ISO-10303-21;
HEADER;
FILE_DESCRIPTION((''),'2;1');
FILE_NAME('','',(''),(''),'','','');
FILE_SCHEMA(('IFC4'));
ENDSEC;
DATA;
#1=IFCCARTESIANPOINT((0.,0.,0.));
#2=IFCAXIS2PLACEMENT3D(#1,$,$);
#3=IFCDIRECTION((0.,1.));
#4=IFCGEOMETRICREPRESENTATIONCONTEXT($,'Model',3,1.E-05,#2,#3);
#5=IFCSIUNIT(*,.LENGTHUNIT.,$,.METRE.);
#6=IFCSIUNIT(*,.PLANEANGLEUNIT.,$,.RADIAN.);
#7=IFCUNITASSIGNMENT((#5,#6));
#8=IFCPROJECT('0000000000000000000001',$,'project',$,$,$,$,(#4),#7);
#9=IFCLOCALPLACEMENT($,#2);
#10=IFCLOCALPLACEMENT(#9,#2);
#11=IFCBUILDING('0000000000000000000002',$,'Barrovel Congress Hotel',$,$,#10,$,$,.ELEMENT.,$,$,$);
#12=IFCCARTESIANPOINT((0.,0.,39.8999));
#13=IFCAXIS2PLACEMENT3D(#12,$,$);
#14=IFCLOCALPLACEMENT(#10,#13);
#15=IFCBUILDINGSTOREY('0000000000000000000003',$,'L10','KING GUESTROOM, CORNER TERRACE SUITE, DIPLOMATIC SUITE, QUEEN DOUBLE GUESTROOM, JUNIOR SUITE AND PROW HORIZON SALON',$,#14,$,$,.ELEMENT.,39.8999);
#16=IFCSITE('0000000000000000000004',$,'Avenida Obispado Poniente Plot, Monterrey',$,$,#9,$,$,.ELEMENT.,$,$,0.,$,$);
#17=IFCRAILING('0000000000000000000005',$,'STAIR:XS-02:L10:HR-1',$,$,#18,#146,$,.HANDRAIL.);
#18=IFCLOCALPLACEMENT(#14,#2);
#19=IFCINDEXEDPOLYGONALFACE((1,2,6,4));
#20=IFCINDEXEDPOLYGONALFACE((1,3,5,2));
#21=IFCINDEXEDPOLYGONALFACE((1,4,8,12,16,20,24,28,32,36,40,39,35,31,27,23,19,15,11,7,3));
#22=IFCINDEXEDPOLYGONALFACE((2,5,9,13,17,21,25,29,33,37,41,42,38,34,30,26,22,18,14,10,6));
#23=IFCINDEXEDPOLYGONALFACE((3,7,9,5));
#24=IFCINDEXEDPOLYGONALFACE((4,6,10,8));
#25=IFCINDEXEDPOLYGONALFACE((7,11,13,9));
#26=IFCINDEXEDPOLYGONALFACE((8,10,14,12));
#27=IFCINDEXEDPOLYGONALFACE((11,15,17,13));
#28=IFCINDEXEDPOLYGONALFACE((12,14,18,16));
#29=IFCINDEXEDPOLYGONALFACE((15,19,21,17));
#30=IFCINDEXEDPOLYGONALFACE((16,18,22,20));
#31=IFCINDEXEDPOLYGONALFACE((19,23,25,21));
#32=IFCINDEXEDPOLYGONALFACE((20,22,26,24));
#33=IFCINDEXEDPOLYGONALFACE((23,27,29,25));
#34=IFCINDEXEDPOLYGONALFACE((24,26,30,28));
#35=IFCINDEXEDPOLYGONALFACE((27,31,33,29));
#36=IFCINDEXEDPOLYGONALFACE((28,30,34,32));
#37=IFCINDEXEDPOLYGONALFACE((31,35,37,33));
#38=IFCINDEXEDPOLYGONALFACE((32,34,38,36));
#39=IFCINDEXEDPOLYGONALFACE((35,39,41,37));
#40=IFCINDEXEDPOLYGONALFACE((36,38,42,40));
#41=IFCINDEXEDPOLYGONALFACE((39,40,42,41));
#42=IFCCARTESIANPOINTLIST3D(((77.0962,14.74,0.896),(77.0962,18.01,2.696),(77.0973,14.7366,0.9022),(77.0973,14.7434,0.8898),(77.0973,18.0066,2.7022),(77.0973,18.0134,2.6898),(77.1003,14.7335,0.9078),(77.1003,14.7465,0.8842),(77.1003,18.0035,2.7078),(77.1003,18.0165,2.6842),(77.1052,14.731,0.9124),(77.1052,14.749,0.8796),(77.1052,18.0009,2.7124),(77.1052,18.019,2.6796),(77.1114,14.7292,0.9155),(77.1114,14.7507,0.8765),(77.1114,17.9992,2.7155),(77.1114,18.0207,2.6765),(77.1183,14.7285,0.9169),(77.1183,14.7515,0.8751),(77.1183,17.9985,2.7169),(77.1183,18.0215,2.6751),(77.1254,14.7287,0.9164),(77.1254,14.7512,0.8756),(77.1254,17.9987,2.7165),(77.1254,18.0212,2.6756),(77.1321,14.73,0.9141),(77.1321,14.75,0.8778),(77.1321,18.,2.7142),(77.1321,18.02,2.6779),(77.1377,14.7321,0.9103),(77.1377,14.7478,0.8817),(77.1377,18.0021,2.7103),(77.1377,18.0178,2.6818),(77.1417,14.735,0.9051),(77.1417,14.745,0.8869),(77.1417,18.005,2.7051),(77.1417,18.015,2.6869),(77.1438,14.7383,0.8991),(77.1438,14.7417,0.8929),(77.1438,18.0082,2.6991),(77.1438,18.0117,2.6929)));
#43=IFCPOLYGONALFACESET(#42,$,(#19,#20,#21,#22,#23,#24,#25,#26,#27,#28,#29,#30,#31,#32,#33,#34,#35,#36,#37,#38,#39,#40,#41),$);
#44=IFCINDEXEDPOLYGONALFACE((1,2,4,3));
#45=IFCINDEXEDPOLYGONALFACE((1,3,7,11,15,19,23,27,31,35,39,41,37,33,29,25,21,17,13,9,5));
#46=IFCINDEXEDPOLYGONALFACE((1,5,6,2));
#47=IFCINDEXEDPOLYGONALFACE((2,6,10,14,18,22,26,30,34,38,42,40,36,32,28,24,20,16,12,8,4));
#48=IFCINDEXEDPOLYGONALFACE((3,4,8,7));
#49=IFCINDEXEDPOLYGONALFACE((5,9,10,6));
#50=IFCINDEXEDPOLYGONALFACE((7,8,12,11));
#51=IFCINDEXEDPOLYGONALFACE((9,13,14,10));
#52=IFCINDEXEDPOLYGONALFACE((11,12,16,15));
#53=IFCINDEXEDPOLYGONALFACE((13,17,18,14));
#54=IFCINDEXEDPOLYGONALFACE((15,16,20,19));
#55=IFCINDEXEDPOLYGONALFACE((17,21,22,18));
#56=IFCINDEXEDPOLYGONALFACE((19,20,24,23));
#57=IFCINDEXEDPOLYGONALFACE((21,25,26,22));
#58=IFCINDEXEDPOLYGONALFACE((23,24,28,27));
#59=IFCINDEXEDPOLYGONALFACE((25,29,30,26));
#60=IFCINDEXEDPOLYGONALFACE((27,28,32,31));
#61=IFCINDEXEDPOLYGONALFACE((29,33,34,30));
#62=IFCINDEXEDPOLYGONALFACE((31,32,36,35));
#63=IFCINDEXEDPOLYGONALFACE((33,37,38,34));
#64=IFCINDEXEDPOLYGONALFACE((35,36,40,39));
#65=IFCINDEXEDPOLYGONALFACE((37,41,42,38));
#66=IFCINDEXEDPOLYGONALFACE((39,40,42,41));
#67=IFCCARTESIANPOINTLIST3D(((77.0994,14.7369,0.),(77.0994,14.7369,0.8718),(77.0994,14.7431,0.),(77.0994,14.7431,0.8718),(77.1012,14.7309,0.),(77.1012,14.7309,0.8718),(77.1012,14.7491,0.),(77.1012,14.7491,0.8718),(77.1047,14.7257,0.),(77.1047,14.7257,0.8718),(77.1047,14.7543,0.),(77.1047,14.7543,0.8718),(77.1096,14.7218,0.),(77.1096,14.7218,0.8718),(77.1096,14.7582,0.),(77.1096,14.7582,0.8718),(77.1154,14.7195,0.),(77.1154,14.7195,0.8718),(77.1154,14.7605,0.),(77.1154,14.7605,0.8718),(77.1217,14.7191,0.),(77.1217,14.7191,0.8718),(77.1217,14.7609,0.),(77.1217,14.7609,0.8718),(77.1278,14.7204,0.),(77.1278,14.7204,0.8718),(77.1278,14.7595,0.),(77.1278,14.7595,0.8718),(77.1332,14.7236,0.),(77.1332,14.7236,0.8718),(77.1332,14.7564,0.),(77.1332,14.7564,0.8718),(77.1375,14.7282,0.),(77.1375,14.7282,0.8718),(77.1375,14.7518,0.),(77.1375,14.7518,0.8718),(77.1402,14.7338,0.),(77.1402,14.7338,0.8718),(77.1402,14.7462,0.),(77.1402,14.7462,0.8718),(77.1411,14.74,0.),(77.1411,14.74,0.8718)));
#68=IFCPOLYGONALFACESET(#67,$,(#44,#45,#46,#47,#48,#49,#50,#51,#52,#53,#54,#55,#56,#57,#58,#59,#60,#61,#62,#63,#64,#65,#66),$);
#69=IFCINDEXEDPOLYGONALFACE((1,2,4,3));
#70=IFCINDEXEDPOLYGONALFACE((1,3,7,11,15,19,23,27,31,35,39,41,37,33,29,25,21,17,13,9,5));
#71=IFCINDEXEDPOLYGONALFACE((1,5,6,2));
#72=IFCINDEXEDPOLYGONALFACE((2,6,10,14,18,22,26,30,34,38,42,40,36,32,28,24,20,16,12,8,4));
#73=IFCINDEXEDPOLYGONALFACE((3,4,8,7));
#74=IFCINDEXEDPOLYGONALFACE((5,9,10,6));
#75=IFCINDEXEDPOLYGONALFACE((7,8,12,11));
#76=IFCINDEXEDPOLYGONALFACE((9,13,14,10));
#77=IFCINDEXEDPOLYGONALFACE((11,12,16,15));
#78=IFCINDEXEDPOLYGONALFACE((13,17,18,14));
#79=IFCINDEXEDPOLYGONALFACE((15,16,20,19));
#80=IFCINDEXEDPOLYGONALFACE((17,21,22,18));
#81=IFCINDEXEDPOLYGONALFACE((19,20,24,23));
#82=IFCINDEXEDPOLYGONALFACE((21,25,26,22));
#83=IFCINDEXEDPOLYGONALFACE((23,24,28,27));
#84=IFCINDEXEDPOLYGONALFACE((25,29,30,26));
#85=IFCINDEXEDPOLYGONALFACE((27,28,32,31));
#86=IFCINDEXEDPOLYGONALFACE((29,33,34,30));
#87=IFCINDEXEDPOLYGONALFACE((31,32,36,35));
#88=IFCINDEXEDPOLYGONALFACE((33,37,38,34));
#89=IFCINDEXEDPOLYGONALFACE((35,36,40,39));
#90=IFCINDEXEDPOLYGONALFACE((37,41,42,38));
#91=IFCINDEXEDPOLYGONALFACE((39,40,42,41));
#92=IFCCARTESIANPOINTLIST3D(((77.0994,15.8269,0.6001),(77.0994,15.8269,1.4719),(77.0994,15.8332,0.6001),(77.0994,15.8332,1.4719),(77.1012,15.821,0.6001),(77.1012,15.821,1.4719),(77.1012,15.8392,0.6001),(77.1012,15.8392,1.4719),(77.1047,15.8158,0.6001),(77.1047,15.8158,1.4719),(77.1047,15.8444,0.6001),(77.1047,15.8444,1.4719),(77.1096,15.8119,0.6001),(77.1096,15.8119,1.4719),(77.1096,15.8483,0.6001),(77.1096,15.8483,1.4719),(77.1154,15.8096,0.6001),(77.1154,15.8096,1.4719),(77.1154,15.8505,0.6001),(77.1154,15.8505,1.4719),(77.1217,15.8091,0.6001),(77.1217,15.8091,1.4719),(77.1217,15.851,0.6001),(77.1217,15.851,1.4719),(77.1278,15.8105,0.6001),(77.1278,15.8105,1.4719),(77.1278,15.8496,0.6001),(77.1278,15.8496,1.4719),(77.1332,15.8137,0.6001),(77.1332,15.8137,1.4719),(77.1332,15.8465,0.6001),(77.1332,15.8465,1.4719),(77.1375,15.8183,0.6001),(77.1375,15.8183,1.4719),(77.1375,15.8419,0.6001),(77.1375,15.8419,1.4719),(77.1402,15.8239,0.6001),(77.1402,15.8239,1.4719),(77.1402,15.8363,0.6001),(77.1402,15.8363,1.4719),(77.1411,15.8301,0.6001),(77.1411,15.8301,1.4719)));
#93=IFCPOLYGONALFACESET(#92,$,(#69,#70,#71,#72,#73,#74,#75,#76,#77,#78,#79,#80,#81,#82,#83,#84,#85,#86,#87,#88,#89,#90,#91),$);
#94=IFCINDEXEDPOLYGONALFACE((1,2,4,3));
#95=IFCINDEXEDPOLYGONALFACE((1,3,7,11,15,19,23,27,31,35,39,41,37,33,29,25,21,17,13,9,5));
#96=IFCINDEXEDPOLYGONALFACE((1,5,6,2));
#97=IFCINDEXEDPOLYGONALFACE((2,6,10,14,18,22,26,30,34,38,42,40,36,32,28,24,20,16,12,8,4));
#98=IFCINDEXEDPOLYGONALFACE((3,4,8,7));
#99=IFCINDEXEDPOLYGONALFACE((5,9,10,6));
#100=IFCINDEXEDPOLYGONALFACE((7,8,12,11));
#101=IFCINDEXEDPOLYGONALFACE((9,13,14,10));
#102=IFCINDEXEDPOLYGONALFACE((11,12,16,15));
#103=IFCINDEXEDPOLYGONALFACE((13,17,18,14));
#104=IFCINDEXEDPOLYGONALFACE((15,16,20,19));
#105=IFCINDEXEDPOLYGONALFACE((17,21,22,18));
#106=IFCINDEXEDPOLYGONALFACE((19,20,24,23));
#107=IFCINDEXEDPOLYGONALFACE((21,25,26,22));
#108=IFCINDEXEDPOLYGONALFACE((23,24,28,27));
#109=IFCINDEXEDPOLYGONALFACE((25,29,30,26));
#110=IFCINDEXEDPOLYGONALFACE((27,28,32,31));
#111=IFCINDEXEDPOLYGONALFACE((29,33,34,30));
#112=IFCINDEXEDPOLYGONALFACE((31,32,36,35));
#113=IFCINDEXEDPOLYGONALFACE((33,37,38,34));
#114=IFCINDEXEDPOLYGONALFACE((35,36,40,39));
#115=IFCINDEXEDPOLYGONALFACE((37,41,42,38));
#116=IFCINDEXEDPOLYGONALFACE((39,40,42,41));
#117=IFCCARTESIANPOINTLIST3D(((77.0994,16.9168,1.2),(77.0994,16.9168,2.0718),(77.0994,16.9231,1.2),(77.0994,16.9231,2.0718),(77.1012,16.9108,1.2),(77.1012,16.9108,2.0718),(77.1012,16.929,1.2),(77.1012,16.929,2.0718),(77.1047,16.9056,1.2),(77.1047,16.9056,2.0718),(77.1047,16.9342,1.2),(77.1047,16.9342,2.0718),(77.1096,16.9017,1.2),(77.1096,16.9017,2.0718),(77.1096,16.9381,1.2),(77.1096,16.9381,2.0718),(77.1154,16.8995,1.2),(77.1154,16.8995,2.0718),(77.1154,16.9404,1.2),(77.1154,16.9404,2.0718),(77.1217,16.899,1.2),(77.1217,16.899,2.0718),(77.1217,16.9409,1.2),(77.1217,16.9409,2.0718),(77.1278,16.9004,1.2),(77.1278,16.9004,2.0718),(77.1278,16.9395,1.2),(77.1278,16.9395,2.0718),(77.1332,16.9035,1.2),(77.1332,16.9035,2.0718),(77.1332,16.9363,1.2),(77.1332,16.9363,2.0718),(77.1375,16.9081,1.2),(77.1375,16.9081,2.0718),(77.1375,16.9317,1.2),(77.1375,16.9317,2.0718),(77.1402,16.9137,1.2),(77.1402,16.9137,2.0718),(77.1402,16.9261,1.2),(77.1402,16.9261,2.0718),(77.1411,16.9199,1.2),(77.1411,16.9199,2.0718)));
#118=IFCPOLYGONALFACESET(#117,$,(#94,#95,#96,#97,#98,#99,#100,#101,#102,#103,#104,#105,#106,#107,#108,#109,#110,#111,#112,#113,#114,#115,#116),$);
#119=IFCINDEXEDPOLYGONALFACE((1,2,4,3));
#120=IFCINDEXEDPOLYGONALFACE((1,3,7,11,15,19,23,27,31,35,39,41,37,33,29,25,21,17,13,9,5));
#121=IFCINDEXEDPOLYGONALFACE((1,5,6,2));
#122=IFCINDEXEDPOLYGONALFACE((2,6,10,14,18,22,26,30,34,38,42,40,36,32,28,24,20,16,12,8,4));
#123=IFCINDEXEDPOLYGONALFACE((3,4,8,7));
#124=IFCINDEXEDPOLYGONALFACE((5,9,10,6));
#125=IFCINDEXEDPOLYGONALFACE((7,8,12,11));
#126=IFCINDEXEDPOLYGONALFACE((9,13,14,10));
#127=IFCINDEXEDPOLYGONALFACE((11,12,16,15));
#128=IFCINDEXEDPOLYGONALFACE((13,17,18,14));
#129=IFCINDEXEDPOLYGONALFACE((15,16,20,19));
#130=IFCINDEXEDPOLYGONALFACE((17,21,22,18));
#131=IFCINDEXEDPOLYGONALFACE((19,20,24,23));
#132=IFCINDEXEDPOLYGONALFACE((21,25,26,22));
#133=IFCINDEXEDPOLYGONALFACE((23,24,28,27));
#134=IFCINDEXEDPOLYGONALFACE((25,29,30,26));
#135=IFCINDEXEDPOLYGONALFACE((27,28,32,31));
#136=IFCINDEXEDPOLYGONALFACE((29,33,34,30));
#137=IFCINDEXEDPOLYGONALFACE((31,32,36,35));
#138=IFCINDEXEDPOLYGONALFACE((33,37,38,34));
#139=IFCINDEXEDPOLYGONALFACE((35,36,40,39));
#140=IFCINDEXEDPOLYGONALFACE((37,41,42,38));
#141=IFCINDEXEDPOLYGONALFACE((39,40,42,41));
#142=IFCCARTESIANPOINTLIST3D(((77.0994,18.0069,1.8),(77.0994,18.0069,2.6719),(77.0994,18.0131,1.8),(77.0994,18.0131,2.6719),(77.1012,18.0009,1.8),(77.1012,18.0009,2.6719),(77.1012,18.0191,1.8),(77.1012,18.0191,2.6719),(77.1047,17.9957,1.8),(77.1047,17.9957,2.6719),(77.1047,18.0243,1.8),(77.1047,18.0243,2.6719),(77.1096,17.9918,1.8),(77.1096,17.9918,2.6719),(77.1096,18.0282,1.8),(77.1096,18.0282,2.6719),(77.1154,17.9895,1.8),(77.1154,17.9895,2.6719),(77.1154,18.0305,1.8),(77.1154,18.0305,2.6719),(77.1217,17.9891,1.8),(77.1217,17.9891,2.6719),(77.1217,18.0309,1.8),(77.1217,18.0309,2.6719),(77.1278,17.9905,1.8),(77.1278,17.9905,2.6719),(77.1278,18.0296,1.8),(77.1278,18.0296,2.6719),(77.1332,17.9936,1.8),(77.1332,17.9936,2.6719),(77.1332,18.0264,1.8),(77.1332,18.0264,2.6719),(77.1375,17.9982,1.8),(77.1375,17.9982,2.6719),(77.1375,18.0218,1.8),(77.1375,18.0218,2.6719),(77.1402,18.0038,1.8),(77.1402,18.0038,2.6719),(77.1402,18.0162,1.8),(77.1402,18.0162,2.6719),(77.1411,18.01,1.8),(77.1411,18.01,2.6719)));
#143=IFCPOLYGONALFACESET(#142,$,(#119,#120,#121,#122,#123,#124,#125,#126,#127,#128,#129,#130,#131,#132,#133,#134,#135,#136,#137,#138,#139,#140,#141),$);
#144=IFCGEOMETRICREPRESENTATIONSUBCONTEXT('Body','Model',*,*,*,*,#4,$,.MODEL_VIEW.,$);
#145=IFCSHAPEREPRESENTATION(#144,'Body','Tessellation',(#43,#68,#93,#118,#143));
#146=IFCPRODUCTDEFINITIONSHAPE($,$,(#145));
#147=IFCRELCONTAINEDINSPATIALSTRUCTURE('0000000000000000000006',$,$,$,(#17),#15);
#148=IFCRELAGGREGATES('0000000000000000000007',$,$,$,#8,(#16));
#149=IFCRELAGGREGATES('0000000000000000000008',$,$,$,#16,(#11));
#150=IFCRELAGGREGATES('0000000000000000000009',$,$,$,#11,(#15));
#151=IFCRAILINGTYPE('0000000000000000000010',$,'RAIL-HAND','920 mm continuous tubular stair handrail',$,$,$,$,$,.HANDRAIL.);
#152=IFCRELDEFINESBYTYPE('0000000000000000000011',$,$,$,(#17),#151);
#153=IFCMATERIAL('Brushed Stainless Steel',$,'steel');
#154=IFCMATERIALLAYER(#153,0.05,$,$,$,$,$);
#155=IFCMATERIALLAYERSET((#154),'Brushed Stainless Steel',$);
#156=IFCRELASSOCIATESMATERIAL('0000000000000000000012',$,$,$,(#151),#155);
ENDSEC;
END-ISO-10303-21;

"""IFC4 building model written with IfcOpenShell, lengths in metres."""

from ifc_helpers import new_model, si_unit, direction, frame, origin, origin_2d, place, context, subcontext, project, spatial, circle, extrude, material, layer, layer_set, type_object, element, save


model = new_model("IFC4")

# Units and contexts
model_context = context("Model", 3, precision=1e-05, world=origin(), true_north=direction((0.0, 1.0)))
body_context = subcontext(model_context, "Body", "Model", "MODEL_VIEW")
ifc_project = project(units=[si_unit("LENGTHUNIT", "METRE"), si_unit("PLANEANGLEUNIT", "RADIAN")], contexts=[model_context])

# Site, building, storey
site_placement = place(None, origin())
site = spatial("IfcSite", under=ifc_project, at=site_placement, Name="Avenida Obispado Poniente Plot, Monterrey", CompositionType="ELEMENT", RefElevation=0.0)
building_placement = place(site_placement, origin())
building = spatial("IfcBuilding", under=site, at=building_placement, Name="Barrovel Congress Hotel", CompositionType="ELEMENT")
storey_placement = place(building_placement, frame((0.0, 0.0, 39.8999)))
storey = spatial("IfcBuildingStorey", under=building, at=storey_placement, Name="L10", Description="KING GUESTROOM, CORNER TERRACE SUITE, DIPLOMATIC SUITE, QUEEN DOUBLE GUESTROOM, JUNIOR SUITE AND PROW HORIZON SALON", CompositionType="ELEMENT", Elevation=39.8999)

# Shared definitions
ifc_material_1 = material(Name="Brushed Stainless Steel", Category="steel")

# Railing
ifc_layer_1 = layer(ifc_material_1, 0.05)
ifc_layer_set_1 = layer_set([ifc_layer_1], Name="Brushed Stainless Steel")
railing_type_1 = type_object("IfcRailingType", Name="RAIL-HAND", Description="920 mm continuous tubular stair handrail", PredefinedType="HANDRAIL", material=ifc_layer_set_1)
railing_1_placement = place(storey_placement, frame((77.1201, 14.74, 0.0)))
element("IfcRailing", 1, at=railing_1_placement, inside=storey, type_object=railing_type_1, Name="STAIR:XS-02:L10:HR-1", PredefinedType="HANDRAIL", context=body_context, shape_type="SweptSolid", body=[
    extrude(circle(Radius=0.0239, at=origin_2d()), frame((0.0, 0.0, 0.896), z_axis=(0.0, 0.876042, 0.482235), x_axis=(-1.0, 0.0, 0.0)), (0.0, 0.0, 1.0), 3.7327),
    extrude(circle(Radius=0.021, at=origin_2d()), origin(), (0.0, 0.0, 1.0), 0.8718),
    extrude(circle(Radius=0.021, at=origin_2d()), frame((0.0, 1.0901, 0.6001)), (0.0, 0.0, 1.0), 0.8718),
    extrude(circle(Radius=0.021, at=origin_2d()), frame((0.0, 2.1799, 1.2)), (0.0, 0.0, 1.0), 0.8718),
    extrude(circle(Radius=0.021, at=origin_2d()), frame((0.0, 3.27, 1.8)), (0.0, 0.0, 1.0), 0.8718),
])

save(model, "model.ifc")
